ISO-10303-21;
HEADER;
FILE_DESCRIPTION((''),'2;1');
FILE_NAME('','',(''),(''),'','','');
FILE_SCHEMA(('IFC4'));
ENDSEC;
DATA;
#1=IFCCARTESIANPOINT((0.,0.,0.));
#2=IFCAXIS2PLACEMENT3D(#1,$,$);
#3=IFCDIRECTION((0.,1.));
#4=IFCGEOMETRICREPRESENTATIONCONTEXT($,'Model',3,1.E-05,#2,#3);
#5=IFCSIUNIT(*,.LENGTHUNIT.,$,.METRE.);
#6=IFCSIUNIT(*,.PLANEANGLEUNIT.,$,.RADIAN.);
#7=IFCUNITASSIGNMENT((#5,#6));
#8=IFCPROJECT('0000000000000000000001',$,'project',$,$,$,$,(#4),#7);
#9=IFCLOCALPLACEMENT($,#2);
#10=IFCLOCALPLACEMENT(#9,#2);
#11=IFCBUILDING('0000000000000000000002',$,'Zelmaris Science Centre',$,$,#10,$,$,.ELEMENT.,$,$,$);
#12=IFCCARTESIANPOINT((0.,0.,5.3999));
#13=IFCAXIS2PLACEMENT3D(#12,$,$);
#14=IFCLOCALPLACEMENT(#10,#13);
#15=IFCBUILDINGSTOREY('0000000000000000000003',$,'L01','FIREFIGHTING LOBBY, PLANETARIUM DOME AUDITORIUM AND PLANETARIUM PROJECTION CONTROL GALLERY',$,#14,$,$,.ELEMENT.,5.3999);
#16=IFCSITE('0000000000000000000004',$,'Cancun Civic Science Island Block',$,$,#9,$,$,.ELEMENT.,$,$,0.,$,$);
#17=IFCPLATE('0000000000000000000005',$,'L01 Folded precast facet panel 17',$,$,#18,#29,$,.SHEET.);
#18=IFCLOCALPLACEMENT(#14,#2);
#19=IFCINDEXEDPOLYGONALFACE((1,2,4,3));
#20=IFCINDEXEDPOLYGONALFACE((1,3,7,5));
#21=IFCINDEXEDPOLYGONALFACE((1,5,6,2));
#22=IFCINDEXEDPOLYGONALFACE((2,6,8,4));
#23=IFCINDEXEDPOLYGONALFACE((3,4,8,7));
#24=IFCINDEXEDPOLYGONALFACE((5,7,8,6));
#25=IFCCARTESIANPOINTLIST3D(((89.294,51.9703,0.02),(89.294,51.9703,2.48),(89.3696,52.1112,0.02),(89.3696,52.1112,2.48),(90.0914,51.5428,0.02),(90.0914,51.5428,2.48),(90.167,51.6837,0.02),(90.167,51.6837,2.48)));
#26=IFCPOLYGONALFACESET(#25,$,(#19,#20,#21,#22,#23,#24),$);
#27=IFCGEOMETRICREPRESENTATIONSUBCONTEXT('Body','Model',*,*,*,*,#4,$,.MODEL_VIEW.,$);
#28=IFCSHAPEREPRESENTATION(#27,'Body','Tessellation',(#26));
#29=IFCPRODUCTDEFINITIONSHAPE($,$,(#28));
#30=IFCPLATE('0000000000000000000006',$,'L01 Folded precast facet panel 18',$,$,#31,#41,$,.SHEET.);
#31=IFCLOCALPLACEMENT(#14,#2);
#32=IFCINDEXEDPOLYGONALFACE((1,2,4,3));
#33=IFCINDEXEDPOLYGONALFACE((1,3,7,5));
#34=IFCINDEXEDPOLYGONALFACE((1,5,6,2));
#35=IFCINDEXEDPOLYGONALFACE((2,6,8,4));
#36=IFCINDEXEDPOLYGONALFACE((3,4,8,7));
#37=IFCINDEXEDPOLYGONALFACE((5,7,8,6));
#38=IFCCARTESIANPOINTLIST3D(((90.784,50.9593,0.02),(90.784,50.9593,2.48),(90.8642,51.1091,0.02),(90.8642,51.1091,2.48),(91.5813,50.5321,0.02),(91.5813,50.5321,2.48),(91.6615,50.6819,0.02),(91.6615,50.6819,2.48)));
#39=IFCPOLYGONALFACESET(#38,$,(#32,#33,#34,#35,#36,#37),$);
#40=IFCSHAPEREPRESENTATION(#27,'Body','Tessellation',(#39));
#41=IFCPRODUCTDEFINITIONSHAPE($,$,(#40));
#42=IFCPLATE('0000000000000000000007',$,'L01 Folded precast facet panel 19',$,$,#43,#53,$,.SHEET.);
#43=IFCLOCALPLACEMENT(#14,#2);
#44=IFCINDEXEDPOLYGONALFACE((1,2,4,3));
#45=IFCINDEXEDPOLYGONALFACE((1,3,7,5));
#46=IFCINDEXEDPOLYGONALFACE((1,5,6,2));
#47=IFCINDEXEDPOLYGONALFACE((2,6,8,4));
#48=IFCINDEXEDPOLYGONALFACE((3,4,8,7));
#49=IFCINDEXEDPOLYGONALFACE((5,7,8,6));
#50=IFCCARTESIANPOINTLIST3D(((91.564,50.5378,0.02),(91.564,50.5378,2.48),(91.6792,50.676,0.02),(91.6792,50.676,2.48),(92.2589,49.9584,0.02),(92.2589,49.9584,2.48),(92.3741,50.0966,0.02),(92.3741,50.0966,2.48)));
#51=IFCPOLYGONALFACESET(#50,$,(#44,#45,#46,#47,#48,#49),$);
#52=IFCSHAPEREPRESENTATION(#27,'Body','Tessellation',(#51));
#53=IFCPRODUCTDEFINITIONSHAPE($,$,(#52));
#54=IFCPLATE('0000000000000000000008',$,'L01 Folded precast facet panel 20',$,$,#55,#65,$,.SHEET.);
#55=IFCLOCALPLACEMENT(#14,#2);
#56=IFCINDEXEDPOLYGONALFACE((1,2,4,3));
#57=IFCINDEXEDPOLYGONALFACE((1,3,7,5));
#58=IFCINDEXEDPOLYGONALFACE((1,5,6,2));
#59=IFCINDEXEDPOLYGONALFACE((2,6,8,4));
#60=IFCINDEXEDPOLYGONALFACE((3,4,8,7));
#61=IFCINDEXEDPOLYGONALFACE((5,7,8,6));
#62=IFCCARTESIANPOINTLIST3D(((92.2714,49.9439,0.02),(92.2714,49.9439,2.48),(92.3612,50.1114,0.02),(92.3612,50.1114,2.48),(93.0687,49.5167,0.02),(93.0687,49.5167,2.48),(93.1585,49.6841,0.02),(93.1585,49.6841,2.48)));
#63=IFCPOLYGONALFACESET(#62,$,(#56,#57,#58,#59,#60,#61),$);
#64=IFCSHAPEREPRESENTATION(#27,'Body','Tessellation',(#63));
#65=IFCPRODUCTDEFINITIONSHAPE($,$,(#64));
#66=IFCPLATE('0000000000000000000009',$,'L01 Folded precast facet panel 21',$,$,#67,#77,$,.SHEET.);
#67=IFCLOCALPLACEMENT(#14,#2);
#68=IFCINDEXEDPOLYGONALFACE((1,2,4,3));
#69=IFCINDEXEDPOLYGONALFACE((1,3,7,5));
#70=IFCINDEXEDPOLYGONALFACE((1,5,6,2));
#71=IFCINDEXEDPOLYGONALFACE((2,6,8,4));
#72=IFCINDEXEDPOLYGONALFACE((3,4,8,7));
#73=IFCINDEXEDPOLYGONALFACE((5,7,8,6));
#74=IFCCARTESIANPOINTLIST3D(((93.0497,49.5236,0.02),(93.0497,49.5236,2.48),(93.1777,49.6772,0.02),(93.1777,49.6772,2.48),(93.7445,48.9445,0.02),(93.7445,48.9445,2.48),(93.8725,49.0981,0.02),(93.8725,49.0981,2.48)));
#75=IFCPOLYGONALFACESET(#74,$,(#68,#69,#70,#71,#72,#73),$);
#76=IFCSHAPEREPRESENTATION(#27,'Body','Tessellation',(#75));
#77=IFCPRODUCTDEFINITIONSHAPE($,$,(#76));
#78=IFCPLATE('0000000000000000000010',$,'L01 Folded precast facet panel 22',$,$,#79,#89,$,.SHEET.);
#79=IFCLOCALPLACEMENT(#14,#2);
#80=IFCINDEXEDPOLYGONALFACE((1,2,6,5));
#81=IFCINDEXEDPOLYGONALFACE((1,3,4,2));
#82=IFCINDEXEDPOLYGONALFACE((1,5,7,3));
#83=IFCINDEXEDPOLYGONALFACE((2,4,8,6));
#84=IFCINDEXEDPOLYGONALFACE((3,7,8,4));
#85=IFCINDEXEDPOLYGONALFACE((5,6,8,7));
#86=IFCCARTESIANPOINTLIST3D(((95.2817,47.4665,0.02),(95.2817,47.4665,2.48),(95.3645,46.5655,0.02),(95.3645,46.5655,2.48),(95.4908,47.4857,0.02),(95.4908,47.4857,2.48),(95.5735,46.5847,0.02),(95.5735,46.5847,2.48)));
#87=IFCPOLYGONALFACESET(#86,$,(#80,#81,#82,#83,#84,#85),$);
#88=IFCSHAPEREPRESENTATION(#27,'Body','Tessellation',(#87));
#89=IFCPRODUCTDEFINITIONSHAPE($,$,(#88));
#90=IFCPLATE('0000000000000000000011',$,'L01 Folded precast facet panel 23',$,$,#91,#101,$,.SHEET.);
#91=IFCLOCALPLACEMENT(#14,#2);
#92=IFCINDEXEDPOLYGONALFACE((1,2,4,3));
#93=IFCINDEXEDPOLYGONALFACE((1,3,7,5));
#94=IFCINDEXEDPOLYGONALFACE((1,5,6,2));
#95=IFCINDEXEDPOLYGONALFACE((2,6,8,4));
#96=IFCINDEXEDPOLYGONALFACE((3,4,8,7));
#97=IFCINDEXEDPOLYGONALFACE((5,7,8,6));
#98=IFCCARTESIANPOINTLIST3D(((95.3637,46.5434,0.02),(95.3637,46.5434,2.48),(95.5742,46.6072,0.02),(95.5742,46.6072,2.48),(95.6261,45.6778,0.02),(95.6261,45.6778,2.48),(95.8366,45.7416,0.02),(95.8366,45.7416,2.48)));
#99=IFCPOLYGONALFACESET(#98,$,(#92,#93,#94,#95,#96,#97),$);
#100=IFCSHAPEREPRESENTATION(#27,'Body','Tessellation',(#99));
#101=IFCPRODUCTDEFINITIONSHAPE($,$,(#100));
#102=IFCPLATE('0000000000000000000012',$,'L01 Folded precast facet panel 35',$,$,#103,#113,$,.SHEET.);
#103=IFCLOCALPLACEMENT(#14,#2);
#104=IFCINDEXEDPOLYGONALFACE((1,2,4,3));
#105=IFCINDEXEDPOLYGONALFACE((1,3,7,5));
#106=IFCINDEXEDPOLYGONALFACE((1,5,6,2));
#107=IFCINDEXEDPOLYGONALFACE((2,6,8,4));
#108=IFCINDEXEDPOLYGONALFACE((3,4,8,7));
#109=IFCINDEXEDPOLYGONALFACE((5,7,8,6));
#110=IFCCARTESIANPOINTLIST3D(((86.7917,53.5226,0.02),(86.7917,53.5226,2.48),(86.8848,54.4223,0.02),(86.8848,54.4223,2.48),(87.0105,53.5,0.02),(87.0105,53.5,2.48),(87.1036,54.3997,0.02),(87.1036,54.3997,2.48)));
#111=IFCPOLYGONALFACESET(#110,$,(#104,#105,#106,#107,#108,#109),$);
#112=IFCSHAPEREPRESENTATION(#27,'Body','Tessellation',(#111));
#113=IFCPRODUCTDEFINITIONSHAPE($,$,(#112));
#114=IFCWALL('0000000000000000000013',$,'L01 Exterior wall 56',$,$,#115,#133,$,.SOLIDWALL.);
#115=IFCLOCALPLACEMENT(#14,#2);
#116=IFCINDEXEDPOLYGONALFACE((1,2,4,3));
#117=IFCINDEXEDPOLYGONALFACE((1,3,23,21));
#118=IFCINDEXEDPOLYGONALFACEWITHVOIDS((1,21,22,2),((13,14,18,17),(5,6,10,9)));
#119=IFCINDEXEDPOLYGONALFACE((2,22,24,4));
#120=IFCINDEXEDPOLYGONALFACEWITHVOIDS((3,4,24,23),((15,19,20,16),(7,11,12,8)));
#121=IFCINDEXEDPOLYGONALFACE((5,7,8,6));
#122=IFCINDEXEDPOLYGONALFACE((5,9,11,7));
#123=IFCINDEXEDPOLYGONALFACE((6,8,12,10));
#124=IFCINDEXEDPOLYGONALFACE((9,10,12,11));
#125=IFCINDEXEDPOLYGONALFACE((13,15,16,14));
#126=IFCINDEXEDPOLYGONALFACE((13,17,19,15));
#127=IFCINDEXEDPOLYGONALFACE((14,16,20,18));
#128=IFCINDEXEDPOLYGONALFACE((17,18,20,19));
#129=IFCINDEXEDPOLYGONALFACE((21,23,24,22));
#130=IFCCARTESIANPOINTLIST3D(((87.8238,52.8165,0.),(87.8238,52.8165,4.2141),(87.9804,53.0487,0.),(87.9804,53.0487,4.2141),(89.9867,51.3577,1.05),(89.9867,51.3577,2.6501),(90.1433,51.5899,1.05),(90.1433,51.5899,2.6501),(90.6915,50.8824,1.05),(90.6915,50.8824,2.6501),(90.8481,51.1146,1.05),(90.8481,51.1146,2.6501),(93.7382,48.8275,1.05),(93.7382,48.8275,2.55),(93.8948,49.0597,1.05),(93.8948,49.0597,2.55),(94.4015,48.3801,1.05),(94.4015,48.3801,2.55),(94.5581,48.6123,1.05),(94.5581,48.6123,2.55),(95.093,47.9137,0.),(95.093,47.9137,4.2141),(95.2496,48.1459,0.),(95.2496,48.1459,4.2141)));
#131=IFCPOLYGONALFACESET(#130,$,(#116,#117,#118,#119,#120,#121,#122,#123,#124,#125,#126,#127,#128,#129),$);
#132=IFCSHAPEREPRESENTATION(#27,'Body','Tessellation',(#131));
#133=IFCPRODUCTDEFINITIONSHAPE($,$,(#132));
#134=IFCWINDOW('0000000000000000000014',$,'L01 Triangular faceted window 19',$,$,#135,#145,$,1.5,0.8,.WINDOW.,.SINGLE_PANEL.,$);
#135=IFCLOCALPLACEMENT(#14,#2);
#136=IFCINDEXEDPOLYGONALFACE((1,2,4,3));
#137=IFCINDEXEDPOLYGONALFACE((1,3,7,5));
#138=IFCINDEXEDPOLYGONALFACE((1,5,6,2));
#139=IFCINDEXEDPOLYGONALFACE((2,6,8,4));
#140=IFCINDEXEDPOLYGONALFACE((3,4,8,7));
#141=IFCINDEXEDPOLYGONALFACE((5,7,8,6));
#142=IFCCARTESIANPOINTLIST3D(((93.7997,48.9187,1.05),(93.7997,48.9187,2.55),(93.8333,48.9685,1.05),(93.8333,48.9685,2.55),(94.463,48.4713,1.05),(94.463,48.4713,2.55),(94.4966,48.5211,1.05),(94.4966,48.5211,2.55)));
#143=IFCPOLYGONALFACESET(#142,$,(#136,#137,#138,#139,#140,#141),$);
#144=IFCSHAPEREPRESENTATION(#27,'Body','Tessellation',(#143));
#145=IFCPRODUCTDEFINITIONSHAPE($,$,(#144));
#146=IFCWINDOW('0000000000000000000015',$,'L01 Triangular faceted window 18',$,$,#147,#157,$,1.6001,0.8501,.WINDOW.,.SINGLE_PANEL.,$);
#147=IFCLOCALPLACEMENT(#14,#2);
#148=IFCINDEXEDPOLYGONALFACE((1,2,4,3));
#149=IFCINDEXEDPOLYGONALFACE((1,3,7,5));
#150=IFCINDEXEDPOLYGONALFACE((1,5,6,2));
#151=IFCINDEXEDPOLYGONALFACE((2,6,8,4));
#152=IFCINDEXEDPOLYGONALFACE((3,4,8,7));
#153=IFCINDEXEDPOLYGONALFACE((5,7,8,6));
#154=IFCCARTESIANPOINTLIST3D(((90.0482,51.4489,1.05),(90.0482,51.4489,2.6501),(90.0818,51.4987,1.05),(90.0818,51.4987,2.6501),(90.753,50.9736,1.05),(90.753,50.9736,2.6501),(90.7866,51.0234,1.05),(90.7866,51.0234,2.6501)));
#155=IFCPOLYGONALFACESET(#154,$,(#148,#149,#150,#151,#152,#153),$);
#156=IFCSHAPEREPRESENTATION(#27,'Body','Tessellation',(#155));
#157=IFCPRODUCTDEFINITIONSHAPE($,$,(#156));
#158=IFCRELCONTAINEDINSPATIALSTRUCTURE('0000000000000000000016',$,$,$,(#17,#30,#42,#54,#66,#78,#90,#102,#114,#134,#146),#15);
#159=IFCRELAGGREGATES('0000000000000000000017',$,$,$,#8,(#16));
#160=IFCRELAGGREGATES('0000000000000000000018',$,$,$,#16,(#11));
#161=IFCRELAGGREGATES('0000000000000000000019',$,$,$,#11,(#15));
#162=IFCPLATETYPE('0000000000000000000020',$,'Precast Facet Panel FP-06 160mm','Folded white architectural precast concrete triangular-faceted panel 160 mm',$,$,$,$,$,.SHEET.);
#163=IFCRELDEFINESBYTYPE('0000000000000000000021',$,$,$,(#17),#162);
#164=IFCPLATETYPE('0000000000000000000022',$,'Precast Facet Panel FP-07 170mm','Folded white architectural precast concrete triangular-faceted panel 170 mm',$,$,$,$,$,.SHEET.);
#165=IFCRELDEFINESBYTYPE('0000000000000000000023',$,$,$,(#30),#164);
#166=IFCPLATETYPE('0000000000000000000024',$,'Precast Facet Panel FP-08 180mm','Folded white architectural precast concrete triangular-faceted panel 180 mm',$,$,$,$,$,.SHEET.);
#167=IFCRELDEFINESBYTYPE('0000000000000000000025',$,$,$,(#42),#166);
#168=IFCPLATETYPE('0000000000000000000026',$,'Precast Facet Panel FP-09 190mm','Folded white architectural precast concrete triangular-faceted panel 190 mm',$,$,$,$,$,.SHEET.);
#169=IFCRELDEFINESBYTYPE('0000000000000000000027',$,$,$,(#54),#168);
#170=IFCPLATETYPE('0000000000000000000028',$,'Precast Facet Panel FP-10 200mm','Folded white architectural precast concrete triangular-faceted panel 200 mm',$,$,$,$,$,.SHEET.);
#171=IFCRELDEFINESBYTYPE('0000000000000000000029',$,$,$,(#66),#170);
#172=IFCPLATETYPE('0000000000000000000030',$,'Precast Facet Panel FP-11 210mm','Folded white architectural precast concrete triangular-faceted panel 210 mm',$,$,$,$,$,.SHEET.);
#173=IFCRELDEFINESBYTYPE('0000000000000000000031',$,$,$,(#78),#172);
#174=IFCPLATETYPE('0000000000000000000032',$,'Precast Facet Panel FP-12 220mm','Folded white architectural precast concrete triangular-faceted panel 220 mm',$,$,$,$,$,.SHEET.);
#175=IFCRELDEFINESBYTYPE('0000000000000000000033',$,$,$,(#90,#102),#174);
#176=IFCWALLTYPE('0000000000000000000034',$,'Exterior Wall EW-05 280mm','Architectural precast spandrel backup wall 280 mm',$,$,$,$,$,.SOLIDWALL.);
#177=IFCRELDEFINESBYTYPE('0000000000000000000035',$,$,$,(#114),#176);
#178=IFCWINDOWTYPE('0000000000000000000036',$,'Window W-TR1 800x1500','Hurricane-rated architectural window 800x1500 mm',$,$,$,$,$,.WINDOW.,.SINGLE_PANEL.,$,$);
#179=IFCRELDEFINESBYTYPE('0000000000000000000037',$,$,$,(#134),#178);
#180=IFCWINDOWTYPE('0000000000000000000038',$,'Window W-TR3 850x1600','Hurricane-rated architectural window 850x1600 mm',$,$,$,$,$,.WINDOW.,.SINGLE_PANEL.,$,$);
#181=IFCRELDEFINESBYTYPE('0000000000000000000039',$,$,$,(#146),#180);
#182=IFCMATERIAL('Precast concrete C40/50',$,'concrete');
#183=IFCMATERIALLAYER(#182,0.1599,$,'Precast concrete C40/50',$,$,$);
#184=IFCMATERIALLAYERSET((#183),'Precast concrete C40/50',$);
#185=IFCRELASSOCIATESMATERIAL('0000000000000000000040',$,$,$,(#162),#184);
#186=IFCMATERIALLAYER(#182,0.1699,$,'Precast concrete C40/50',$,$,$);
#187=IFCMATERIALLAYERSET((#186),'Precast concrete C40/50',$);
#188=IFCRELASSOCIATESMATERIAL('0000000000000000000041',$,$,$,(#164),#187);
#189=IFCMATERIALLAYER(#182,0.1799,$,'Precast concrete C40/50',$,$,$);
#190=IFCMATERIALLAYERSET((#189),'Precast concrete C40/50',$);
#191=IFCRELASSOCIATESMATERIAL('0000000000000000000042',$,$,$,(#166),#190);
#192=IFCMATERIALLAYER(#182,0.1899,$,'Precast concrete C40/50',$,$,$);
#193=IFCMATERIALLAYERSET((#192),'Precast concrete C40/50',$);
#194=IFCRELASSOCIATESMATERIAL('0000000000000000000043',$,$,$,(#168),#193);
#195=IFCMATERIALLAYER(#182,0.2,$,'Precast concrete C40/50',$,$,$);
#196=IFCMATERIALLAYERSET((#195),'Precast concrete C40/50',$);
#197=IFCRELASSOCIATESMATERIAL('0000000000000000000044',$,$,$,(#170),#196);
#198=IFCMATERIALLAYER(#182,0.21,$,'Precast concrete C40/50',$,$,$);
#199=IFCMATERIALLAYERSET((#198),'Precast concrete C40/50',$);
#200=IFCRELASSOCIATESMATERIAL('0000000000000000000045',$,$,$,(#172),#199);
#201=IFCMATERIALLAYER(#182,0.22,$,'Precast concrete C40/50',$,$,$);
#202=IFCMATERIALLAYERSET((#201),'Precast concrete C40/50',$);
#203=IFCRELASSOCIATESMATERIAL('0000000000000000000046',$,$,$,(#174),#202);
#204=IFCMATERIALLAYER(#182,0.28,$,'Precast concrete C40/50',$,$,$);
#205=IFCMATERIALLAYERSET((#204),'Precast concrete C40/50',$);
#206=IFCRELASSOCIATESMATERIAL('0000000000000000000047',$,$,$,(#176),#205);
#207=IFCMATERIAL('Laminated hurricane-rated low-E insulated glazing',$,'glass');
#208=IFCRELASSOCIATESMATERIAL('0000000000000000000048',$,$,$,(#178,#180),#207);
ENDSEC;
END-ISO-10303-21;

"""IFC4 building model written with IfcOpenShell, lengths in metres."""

from ifc_helpers import new_model, si_unit, direction, frame, frame_2d, origin, place, context, subcontext, project, spatial, rectangle, extrude, material, layer, layer_set, type_object, element, fill, save


model = new_model("IFC4")

# Units and contexts
model_context = context("Model", 3, precision=1e-05, world=origin(), true_north=direction((0.0, 1.0)))
body_context = subcontext(model_context, "Body", "Model", "MODEL_VIEW")
ifc_project = project(units=[si_unit("LENGTHUNIT", "METRE"), si_unit("PLANEANGLEUNIT", "RADIAN")], contexts=[model_context])

# Site, building, storey
site_placement = place(None, origin())
site = spatial("IfcSite", under=ifc_project, at=site_placement, Name="Cancun Civic Science Island Block", CompositionType="ELEMENT", RefElevation=0.0)
building_placement = place(site_placement, origin())
building = spatial("IfcBuilding", under=site, at=building_placement, Name="Zelmaris Science Centre", CompositionType="ELEMENT")
storey_placement = place(building_placement, frame((0.0, 0.0, 5.3999)))
storey = spatial("IfcBuildingStorey", under=building, at=storey_placement, Name="L01", Description="FIREFIGHTING LOBBY, PLANETARIUM DOME AUDITORIUM AND PLANETARIUM PROJECTION CONTROL GALLERY", CompositionType="ELEMENT", Elevation=5.3999)

# Shared definitions
ifc_material_1 = material(Name="Laminated hurricane-rated low-E insulated glazing", Category="glass")

# Plates
ifc_material_2 = material(Name="Precast concrete C40/50", Category="concrete")
ifc_layer_1 = layer(ifc_material_2, 0.1599, Name="Precast concrete C40/50")
ifc_layer_set_1 = layer_set([ifc_layer_1], Name="Precast concrete C40/50")
plate_type_1 = type_object("IfcPlateType", Name="Precast Facet Panel FP-06 160mm", Description="Folded white architectural precast concrete triangular-faceted panel 160 mm", PredefinedType="SHEET", material=ifc_layer_set_1)
plate_1_placement = place(storey_placement, frame((89.3318, 52.0408, 0.02), z_axis=(0.0, 0.0, 1.0), x_axis=(0.881327, -0.472506, 0.0)))
element("IfcPlate", 1, at=plate_1_placement, inside=storey, type_object=plate_type_1, Name="L01 Folded precast facet panel 17", PredefinedType="SHEET", context=body_context, shape_type="SweptSolid", body=[
    extrude(rectangle(XDim=0.9048, YDim=0.1599, at=frame_2d((0.4524, 0.0))), origin(), (0.0, 0.0, 1.0), 2.46),
])
ifc_layer_2 = layer(ifc_material_2, 0.1699, Name="Precast concrete C40/50")
ifc_layer_set_2 = layer_set([ifc_layer_2], Name="Precast concrete C40/50")
plate_type_2 = type_object("IfcPlateType", Name="Precast Facet Panel FP-07 170mm", Description="Folded white architectural precast concrete triangular-faceted panel 170 mm", PredefinedType="SHEET", material=ifc_layer_set_2)
plate_2_placement = place(storey_placement, frame((90.8242, 51.0342, 0.02), z_axis=(0.0, 0.0, 1.0), x_axis=(0.88144, -0.472296, 0.0)))
element("IfcPlate", 2, at=plate_2_placement, inside=storey, type_object=plate_type_2, Name="L01 Folded precast facet panel 18", PredefinedType="SHEET", context=body_context, shape_type="SweptSolid", body=[
    extrude(rectangle(XDim=0.9045, YDim=0.1699, at=frame_2d((0.4521, 0.0))), origin(), (0.0, 0.0, 1.0), 2.46),
])
ifc_layer_3 = layer(ifc_material_2, 0.1799, Name="Precast concrete C40/50")
ifc_layer_set_3 = layer_set([ifc_layer_3], Name="Precast concrete C40/50")
plate_type_3 = type_object("IfcPlateType", Name="Precast Facet Panel FP-08 180mm", Description="Folded white architectural precast concrete triangular-faceted panel 180 mm", PredefinedType="SHEET", material=ifc_layer_set_3)
plate_3_placement = place(storey_placement, frame((91.6216, 50.6069, 0.02), z_axis=(0.0, 0.0, 1.0), x_axis=(0.768044, -0.640397, 0.0)))
element("IfcPlate", 3, at=plate_3_placement, inside=storey, type_object=plate_type_3, Name="L01 Folded precast facet panel 19", PredefinedType="SHEET", context=body_context, shape_type="SweptSolid", body=[
    extrude(rectangle(XDim=0.9048, YDim=0.1799, at=frame_2d((0.4524, 0.0))), origin(), (0.0, 0.0, 1.0), 2.46),
])
ifc_layer_4 = layer(ifc_material_2, 0.1899, Name="Precast concrete C40/50")
ifc_layer_set_4 = layer_set([ifc_layer_4], Name="Precast concrete C40/50")
plate_type_4 = type_object("IfcPlateType", Name="Precast Facet Panel FP-09 190mm", Description="Folded white architectural precast concrete triangular-faceted panel 190 mm", PredefinedType="SHEET", material=ifc_layer_set_4)
plate_4_placement = place(storey_placement, frame((92.3164, 50.0276, 0.02), z_axis=(0.0, 0.0, 1.0), x_axis=(0.88144, -0.472296, 0.0)))
element("IfcPlate", 4, at=plate_4_placement, inside=storey, type_object=plate_type_4, Name="L01 Folded precast facet panel 20", PredefinedType="SHEET", context=body_context, shape_type="SweptSolid", body=[
    extrude(rectangle(XDim=0.9045, YDim=0.1899, at=frame_2d((0.4521, 0.0))), origin(), (0.0, 0.0, 1.0), 2.46),
])
ifc_layer_5 = layer(ifc_material_2, 0.2, Name="Precast concrete C40/50")
ifc_layer_set_5 = layer_set([ifc_layer_5], Name="Precast concrete C40/50")
plate_type_5 = type_object("IfcPlateType", Name="Precast Facet Panel FP-10 200mm", Description="Folded white architectural precast concrete triangular-faceted panel 200 mm", PredefinedType="SHEET", material=ifc_layer_set_5)
plate_5_placement = place(storey_placement, frame((93.1138, 49.6003, 0.02), z_axis=(0.0, 0.0, 1.0), x_axis=(0.768177, -0.640237, 0.0)))
element("IfcPlate", 5, at=plate_5_placement, inside=storey, type_object=plate_type_5, Name="L01 Folded precast facet panel 21", PredefinedType="SHEET", context=body_context, shape_type="SweptSolid", body=[
    extrude(rectangle(XDim=0.9045, YDim=0.2, at=frame_2d((0.4521, 0.0))), origin(), (0.0, 0.0, 1.0), 2.46),
])
ifc_layer_6 = layer(ifc_material_2, 0.21, Name="Precast concrete C40/50")
ifc_layer_set_6 = layer_set([ifc_layer_6], Name="Precast concrete C40/50")
plate_type_6 = type_object("IfcPlateType", Name="Precast Facet Panel FP-11 210mm", Description="Folded white architectural precast concrete triangular-faceted panel 210 mm", PredefinedType="SHEET", material=ifc_layer_set_6)
plate_6_placement = place(storey_placement, frame((95.3862, 47.4761, 0.02), z_axis=(0.0, 0.0, 1.0), x_axis=(0.091485, -0.995806, 0.0)))
element("IfcPlate", 6, at=plate_6_placement, inside=storey, type_object=plate_type_6, Name="L01 Folded precast facet panel 22", PredefinedType="SHEET", context=body_context, shape_type="SweptSolid", body=[
    extrude(rectangle(XDim=0.9048, YDim=0.21, at=frame_2d((0.4524, 0.0))), origin(), (0.0, 0.0, 1.0), 2.46),
])
ifc_layer_7 = layer(ifc_material_2, 0.22, Name="Precast concrete C40/50")
ifc_layer_set_7 = layer_set([ifc_layer_7], Name="Precast concrete C40/50")
plate_type_7 = type_object("IfcPlateType", Name="Precast Facet Panel FP-12 220mm", Description="Folded white architectural precast concrete triangular-faceted panel 220 mm", PredefinedType="SHEET", material=ifc_layer_set_7)
for number, where, z_axis, x_axis, name in (
    (7, (95.469, 46.5752, 0.02), (0.0, 0.0, 1.0), (0.29012, -0.95699, 0.0), "L01 Folded precast facet panel 23"),
    (8, (86.9941, 54.4109, 0.02), (0.0, 0.0, 1.0), (-0.102844, -0.994698, 0.0), "L01 Folded precast facet panel 35"),
):
    element("IfcPlate", number, at=place(storey_placement, frame(where, z_axis=z_axis, x_axis=x_axis)), inside=storey, type_object=plate_type_7, Name=name, PredefinedType="SHEET", context=body_context, shape_type="SweptSolid", body=[
        extrude(rectangle(XDim=0.9045, YDim=0.22, at=frame_2d((0.4521, 0.0))), origin(), (0.0, 0.0, 1.0), 2.46),
    ])

# Wall, openings, windows
ifc_layer_8 = layer(ifc_material_2, 0.28, Name="Precast concrete C40/50")
ifc_layer_set_8 = layer_set([ifc_layer_8], Name="Precast concrete C40/50")
wall_type_1 = type_object("IfcWallType", Name="Exterior Wall EW-05 280mm", Description="Architectural precast spandrel backup wall 280 mm", PredefinedType="SOLIDWALL", material=ifc_layer_set_8)
wall_1_placement = place(storey_placement, frame((87.9021, 52.9326, 0.0), z_axis=(0.0, 0.0, 1.0), x_axis=(0.829057, -0.559164, 0.0)))
wall_1 = element("IfcWall", 9, at=wall_1_placement, inside=storey, type_object=wall_type_1, Name="L01 Exterior wall 56", PredefinedType="SOLIDWALL", context=body_context, shape_type="SweptSolid", body=[
    extrude(rectangle(XDim=8.7681, YDim=0.28, at=frame_2d((4.384, 0.0))), origin(), (0.0, 0.0, 1.0), 4.2141),
])
opening_1_placement = place(wall_1_placement, frame((2.6089, 0.0, 1.05)))
opening_1 = element("IfcOpeningElement", 10, at=opening_1_placement, cuts=wall_1, PredefinedType="OPENING", context=body_context, shape_type="SweptSolid", body=[
    extrude(rectangle(XDim=0.8501, YDim=1.6001, at=frame_2d((0.425, 0.8))), frame((0.0, 0.1499, 0.0), z_axis=(0.0, -1.0, 0.0), x_axis=(1.0, 0.0, 0.0)), (0.0, 0.0, 1.0), 0.3),
])
opening_2_placement = place(wall_1_placement, frame((7.134, 0.0, 1.05)))
opening_2 = element("IfcOpeningElement", 11, at=opening_2_placement, cuts=wall_1, PredefinedType="OPENING", context=body_context, shape_type="SweptSolid", body=[
    extrude(rectangle(XDim=0.8, YDim=1.5, at=frame_2d((0.3999, 0.75))), frame((0.0, 0.1499, 0.0), z_axis=(0.0, -1.0, 0.0), x_axis=(1.0, 0.0, 0.0)), (0.0, 0.0, 1.0), 0.3),
])
window_type_1 = type_object("IfcWindowType", Name="Window W-TR1 800x1500", Description="Hurricane-rated architectural window 800x1500 mm", PartitioningType="SINGLE_PANEL", PredefinedType="WINDOW", material=ifc_material_1)
window_1_placement = place(opening_2_placement, origin())
window_1 = element("IfcWindow", 12, at=window_1_placement, inside=storey, type_object=window_type_1, Name="L01 Triangular faceted window 19", OverallHeight=1.5, OverallWidth=0.8, PartitioningType="SINGLE_PANEL", PredefinedType="WINDOW", context=body_context, shape_type="SweptSolid", body=[
    extrude(rectangle(XDim=0.8, YDim=1.5, at=frame_2d((0.3999, 0.75))), frame((0.0, 0.03, 0.0), z_axis=(0.0, -1.0, 0.0), x_axis=(1.0, 0.0, 0.0)), (0.0, 0.0, 1.0), 0.0601),
])
fill(opening_2, window_1)
window_type_2 = type_object("IfcWindowType", Name="Window W-TR3 850x1600", Description="Hurricane-rated architectural window 850x1600 mm", PartitioningType="SINGLE_PANEL", PredefinedType="WINDOW", material=ifc_material_1)
window_2_placement = place(opening_1_placement, origin())
window_2 = element("IfcWindow", 13, at=window_2_placement, inside=storey, type_object=window_type_2, Name="L01 Triangular faceted window 18", OverallHeight=1.6001, OverallWidth=0.8501, PartitioningType="SINGLE_PANEL", PredefinedType="WINDOW", context=body_context, shape_type="SweptSolid", body=[
    extrude(rectangle(XDim=0.8501, YDim=1.6001, at=frame_2d((0.425, 0.8))), frame((0.0, 0.03, 0.0), z_axis=(0.0, -1.0, 0.0), x_axis=(1.0, 0.0, 0.0)), (0.0, 0.0, 1.0), 0.0601),
])
fill(opening_1, window_2)

save(model, "model.ifc")
